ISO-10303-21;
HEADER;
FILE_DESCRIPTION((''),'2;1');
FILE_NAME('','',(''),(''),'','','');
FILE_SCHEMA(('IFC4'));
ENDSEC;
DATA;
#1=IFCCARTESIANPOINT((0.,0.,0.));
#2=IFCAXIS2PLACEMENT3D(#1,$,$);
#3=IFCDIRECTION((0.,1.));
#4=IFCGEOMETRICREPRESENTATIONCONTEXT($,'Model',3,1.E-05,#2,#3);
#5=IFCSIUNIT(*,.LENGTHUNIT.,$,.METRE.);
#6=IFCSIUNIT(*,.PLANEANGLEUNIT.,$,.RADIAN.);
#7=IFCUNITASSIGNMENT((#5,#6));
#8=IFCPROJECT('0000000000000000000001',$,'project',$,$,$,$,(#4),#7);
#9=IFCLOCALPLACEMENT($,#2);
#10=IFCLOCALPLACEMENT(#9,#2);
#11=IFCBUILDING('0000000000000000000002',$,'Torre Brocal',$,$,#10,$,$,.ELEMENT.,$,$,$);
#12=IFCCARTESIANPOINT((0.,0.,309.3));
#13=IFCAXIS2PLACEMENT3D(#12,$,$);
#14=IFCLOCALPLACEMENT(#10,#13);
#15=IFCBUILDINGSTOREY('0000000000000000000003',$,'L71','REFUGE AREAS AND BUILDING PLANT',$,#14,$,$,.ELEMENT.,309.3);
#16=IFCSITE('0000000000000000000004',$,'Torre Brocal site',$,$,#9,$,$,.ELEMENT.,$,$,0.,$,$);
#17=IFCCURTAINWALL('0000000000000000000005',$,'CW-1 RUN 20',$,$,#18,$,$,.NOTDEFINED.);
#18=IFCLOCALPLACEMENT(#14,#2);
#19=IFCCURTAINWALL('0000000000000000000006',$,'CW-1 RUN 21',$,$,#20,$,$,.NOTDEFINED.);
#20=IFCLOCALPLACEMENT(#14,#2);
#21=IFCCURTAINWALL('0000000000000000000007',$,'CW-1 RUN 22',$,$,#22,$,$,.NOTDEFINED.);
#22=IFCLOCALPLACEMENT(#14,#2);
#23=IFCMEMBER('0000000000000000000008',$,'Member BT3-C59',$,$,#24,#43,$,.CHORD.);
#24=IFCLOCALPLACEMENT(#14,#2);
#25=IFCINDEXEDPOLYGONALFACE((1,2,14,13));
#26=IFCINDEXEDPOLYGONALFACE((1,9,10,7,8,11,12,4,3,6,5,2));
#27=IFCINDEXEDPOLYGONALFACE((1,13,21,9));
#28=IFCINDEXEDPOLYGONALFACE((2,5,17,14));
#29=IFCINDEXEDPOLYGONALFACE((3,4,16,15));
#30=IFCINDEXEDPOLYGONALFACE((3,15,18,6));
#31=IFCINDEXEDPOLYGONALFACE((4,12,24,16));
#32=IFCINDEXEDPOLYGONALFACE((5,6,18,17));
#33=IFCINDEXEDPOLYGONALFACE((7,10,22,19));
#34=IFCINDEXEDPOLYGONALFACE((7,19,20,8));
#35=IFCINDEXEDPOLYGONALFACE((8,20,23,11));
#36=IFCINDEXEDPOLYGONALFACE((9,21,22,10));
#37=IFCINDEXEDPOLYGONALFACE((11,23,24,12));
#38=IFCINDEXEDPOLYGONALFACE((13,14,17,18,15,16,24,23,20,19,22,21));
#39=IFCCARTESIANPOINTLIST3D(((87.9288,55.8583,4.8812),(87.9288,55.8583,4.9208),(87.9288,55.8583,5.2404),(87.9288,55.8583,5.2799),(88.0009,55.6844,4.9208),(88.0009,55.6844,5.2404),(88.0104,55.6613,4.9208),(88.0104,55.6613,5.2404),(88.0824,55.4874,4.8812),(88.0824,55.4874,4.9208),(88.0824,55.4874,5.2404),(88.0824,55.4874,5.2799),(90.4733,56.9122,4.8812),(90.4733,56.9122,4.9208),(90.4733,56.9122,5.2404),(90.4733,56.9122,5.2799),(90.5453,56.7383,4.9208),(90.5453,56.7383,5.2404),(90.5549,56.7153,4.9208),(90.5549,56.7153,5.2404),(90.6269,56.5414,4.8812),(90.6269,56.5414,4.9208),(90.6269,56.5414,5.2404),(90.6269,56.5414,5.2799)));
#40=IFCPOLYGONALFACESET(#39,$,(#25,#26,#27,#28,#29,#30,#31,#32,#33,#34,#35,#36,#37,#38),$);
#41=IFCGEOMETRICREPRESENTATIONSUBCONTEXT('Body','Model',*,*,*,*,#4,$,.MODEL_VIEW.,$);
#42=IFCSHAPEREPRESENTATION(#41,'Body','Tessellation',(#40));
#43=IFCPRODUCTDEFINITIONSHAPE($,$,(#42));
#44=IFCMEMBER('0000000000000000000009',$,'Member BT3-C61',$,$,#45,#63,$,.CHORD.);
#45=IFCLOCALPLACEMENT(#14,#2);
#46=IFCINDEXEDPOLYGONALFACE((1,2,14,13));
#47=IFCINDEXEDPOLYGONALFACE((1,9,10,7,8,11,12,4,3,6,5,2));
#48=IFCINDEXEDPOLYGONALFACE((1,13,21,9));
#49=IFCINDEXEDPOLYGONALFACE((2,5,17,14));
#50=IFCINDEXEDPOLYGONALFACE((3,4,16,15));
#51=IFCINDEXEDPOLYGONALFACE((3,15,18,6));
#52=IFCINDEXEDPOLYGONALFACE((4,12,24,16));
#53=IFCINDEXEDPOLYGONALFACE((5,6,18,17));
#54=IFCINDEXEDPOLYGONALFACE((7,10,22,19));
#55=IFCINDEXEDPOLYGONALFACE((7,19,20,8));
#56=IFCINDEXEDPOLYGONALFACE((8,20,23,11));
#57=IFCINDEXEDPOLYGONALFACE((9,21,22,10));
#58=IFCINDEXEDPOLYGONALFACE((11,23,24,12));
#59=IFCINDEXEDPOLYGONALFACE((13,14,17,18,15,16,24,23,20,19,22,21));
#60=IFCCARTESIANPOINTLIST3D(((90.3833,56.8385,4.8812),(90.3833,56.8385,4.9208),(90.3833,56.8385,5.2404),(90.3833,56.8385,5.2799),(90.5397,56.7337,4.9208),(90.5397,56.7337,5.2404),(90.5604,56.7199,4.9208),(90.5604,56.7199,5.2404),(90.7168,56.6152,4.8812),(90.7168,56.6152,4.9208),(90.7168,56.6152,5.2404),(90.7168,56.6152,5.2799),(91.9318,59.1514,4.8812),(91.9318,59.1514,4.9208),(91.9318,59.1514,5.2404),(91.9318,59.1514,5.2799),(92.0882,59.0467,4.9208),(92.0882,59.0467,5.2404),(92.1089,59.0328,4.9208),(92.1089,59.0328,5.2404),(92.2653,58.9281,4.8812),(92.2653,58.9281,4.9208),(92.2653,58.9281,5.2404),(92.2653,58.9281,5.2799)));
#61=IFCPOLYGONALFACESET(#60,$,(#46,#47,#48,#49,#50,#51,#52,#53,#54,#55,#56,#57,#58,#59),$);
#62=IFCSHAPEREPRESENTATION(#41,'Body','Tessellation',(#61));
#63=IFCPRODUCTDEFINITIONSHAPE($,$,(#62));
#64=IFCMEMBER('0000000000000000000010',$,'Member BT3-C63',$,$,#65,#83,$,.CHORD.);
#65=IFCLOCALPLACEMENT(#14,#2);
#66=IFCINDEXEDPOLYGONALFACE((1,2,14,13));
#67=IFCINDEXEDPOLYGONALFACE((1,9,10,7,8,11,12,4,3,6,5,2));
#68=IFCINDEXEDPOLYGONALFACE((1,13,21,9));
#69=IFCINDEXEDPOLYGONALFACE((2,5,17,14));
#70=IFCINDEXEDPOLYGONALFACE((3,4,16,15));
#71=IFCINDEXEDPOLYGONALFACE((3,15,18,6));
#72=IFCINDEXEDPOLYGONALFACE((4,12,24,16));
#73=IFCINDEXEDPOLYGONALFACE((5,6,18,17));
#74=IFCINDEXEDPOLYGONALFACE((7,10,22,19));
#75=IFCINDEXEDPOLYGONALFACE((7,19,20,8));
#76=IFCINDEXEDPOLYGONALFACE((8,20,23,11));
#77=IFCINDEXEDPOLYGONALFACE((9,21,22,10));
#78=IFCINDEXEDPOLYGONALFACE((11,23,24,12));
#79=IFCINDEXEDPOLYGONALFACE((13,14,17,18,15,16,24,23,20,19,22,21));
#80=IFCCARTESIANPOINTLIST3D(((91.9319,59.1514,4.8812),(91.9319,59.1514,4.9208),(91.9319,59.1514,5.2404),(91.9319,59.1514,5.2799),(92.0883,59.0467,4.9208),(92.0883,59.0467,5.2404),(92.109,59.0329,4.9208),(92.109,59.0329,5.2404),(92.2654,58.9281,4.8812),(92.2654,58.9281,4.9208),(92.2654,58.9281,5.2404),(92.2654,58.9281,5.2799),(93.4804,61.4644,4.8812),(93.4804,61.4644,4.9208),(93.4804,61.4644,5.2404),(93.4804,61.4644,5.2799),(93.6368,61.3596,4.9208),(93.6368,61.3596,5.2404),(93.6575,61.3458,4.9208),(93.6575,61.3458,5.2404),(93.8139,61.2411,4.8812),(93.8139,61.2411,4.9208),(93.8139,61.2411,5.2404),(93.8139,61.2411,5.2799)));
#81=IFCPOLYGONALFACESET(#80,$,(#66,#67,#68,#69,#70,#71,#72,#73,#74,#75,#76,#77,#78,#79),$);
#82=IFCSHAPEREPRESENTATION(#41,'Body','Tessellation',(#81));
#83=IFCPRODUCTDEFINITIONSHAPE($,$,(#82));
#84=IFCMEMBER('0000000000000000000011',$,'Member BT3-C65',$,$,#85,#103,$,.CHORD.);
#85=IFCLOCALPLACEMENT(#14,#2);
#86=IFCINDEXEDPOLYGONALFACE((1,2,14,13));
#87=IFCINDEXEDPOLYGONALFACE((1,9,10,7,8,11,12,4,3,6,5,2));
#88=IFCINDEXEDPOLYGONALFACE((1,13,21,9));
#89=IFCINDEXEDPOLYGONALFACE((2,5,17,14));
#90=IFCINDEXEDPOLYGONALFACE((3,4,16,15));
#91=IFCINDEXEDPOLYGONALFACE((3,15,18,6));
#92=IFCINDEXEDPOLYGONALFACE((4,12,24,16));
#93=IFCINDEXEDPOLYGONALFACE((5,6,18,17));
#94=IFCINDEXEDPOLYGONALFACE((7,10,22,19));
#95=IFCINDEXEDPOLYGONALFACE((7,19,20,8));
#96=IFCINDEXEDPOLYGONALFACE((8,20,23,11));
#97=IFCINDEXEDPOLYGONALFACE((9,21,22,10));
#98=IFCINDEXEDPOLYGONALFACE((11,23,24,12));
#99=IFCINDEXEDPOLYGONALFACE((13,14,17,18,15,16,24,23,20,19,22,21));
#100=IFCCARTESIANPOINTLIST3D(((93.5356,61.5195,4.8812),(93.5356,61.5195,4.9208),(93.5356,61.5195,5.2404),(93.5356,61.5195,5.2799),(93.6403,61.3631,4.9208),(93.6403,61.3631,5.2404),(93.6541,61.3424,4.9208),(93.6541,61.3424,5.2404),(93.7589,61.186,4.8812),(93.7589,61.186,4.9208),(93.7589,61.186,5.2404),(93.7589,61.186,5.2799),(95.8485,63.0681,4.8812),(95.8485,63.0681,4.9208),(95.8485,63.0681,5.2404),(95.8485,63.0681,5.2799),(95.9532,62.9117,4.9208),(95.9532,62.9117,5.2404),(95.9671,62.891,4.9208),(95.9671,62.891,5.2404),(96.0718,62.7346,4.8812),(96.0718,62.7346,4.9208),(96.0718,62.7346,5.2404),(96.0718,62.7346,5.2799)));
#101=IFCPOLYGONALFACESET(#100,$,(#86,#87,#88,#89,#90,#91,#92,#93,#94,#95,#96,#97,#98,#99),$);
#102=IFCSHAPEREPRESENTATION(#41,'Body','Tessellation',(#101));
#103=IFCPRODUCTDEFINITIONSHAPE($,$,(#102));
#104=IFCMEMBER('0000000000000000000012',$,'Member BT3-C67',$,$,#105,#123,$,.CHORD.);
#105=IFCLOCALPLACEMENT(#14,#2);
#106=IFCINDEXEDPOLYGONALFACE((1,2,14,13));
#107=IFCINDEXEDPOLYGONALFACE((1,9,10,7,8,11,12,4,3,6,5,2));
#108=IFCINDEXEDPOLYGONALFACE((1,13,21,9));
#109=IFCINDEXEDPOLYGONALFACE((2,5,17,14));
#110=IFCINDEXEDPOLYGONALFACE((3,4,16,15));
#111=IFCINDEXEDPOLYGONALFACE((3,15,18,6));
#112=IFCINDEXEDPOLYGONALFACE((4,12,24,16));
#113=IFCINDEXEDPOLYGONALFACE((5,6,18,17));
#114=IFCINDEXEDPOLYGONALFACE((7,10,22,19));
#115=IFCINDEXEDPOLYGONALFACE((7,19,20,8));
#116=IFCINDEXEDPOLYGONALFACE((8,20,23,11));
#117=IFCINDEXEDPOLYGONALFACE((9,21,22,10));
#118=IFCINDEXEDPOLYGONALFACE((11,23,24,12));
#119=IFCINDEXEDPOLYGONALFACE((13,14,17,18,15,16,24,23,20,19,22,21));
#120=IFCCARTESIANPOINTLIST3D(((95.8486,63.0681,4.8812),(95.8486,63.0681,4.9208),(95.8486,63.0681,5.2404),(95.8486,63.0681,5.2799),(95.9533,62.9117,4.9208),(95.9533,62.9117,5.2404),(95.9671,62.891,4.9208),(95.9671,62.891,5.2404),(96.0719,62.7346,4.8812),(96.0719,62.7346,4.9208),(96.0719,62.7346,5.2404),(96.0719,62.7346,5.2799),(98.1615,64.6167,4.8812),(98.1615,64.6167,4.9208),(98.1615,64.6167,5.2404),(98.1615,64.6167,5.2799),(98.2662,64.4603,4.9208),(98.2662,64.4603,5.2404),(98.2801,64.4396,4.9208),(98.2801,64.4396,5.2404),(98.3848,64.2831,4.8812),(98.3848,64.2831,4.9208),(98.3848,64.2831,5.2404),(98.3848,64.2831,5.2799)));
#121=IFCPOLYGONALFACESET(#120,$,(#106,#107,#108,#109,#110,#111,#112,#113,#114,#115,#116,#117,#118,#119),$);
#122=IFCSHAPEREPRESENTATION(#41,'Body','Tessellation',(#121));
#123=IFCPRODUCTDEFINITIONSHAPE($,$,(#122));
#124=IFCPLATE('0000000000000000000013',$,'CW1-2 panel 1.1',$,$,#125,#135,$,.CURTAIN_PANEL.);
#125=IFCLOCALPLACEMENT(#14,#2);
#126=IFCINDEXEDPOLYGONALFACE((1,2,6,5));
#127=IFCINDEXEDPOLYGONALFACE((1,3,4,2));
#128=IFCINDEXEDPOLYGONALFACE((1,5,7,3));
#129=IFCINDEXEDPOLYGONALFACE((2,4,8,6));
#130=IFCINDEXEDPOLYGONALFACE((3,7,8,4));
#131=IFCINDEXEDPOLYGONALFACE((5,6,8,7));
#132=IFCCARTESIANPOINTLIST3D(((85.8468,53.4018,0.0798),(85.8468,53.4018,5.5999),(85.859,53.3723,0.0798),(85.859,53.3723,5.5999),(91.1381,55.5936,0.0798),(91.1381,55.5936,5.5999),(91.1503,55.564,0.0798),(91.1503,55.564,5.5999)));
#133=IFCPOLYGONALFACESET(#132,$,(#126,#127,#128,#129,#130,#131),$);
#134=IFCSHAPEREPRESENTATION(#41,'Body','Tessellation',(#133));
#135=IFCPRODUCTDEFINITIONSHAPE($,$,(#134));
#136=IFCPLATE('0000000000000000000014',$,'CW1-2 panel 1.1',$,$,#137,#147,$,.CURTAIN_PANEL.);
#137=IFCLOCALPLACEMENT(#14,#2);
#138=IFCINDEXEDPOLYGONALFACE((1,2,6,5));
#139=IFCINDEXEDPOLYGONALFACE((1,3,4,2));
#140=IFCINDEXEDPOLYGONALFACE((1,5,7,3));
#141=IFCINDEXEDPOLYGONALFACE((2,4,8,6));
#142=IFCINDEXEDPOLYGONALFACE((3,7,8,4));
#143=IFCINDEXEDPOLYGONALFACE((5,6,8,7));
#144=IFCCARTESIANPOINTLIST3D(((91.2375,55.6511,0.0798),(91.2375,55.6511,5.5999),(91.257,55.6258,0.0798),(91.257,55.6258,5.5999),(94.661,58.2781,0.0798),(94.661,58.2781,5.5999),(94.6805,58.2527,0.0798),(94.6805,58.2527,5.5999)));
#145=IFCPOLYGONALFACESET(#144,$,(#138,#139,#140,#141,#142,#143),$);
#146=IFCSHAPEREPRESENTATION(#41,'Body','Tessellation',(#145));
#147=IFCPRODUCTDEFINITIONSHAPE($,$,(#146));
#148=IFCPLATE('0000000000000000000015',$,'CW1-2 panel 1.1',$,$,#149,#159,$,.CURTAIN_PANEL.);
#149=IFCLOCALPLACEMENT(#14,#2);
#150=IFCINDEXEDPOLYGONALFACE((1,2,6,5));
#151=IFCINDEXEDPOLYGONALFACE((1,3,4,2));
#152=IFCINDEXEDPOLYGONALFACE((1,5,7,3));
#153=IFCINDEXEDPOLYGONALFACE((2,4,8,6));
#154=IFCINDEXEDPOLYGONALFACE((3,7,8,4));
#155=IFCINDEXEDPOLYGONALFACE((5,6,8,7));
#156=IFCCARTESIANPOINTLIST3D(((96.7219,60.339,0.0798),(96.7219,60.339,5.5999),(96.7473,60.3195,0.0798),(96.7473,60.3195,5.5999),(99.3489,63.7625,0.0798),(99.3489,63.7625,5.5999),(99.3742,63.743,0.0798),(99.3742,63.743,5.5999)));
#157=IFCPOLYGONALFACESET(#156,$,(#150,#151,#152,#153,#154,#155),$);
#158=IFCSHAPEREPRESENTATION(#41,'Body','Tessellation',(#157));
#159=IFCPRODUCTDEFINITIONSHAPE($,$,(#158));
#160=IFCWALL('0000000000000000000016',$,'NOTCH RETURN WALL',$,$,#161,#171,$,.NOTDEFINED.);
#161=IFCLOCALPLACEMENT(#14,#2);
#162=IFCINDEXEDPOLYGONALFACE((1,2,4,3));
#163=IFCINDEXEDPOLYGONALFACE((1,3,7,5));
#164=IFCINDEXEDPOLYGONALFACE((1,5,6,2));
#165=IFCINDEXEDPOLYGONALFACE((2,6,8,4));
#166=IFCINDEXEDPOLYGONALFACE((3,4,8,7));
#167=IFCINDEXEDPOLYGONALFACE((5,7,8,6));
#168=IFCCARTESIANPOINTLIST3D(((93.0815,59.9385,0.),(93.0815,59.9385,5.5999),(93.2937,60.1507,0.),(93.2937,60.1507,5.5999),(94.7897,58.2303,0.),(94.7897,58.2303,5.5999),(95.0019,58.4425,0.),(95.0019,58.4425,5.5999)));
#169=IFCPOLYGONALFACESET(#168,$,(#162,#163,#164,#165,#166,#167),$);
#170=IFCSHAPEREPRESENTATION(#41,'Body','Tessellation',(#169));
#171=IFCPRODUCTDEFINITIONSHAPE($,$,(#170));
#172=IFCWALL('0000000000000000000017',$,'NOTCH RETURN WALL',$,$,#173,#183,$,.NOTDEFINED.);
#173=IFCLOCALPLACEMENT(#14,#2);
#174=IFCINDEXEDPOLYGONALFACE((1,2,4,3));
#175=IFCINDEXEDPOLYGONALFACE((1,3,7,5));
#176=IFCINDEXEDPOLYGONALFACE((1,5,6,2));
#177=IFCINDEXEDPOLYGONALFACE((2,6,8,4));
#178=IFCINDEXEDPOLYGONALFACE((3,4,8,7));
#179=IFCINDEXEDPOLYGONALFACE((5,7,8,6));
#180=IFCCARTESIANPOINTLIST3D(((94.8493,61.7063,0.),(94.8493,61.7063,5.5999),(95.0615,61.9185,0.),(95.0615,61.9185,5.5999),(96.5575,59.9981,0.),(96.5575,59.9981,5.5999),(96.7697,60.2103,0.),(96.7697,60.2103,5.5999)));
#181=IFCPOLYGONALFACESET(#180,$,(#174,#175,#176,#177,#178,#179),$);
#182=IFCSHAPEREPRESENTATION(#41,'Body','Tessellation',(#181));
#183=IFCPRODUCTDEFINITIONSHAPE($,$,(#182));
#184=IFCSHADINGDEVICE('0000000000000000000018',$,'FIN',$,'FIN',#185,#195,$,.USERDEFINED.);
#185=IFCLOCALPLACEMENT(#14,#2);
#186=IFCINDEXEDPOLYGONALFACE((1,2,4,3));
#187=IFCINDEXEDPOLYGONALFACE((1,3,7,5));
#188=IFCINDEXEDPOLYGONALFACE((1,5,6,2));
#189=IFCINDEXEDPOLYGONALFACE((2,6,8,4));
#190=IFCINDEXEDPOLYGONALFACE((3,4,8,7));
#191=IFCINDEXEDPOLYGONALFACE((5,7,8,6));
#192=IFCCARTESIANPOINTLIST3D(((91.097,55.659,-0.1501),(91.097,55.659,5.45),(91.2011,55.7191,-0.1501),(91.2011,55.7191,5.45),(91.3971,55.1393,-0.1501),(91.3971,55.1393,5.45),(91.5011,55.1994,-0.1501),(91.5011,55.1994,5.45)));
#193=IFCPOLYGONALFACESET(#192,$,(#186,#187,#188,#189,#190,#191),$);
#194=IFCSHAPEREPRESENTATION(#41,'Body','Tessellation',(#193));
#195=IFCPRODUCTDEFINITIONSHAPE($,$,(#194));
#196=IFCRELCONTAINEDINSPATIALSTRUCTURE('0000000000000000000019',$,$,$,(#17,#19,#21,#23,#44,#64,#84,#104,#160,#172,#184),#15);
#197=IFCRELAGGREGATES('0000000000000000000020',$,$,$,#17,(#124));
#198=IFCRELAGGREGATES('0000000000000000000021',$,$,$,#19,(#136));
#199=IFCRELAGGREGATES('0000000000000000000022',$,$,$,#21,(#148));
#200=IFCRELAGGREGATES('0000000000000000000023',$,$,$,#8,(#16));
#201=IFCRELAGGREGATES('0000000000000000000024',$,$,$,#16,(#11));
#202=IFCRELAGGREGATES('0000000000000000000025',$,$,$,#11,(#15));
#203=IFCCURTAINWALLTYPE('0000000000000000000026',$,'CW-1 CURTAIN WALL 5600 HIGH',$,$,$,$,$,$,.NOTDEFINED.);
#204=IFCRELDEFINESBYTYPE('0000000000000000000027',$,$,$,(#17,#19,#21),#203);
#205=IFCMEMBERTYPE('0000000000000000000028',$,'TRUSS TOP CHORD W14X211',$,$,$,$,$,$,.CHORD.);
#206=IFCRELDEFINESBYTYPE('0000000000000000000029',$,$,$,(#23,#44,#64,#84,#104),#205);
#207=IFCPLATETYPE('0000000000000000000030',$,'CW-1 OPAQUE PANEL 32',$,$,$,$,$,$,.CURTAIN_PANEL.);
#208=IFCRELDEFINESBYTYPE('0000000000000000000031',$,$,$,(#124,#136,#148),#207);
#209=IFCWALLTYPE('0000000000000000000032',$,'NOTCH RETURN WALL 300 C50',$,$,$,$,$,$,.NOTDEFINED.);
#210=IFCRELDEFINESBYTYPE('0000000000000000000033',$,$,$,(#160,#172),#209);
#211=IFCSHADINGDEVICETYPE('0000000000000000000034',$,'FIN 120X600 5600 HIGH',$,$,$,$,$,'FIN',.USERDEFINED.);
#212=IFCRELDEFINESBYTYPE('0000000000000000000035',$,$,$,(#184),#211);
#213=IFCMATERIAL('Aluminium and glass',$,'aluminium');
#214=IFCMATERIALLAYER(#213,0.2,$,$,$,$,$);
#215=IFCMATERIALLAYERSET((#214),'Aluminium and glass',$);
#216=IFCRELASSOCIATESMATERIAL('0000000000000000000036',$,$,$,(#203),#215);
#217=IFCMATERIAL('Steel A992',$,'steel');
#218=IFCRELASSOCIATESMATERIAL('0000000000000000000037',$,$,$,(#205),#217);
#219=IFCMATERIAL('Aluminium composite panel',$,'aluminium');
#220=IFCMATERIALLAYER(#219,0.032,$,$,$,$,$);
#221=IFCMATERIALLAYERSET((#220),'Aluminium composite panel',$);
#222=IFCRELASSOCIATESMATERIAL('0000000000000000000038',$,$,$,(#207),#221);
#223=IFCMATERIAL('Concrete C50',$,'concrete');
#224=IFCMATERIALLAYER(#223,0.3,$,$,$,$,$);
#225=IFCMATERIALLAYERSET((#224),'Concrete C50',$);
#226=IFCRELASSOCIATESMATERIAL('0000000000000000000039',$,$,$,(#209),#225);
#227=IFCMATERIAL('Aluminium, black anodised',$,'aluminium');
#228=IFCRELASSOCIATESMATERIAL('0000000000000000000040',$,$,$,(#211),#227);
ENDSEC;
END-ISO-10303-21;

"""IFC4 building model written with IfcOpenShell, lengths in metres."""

from ifc_helpers import new_model, si_unit, direction, frame, frame_2d, origin, origin_2d, place, context, subcontext, project, spatial, rectangle, i_section, extrude, material, layer, layer_set, material_profile, profile_set, type_object, element, aggregate, save


model = new_model("IFC4")

# Units and contexts
model_context = context("Model", 3, precision=1e-05, world=origin(), true_north=direction((0.0, 1.0)))
body_context = subcontext(model_context, "Body", "Model", "MODEL_VIEW")
ifc_project = project(units=[si_unit("LENGTHUNIT", "METRE"), si_unit("PLANEANGLEUNIT", "RADIAN")], contexts=[model_context])

# Site, building, storey
site_placement = place(None, origin())
site = spatial("IfcSite", under=ifc_project, at=site_placement, Name="Torre Brocal site", CompositionType="ELEMENT", RefElevation=0.0)
building_placement = place(site_placement, origin())
building = spatial("IfcBuilding", under=site, at=building_placement, Name="Torre Brocal", CompositionType="ELEMENT")
storey_placement = place(building_placement, frame((0.0, 0.0, 309.3)))
storey = spatial("IfcBuildingStorey", under=building, at=storey_placement, Name="L71", Description="REFUGE AREAS AND BUILDING PLANT", CompositionType="ELEMENT", Elevation=309.3)

# Curtain wall
ifc_material_1 = material(Name="Aluminium and glass", Category="aluminium")
ifc_layer_1 = layer(ifc_material_1, 0.2)
ifc_layer_set_1 = layer_set([ifc_layer_1], Name="Aluminium and glass")
curtain_wall_type = type_object("IfcCurtainWallType", Name="CW-1 CURTAIN WALL 5600 HIGH", PredefinedType="NOTDEFINED", material=ifc_layer_set_1)
curtain_wall_1_placement = place(storey_placement, origin())
curtain_wall_1 = element("IfcCurtainWall", 1, at=curtain_wall_1_placement, inside=storey, type_object=curtain_wall_type, Name="CW-1 RUN 20", PredefinedType="NOTDEFINED")

# Curtain wall
curtain_wall_2_placement = place(storey_placement, origin())
curtain_wall_2 = element("IfcCurtainWall", 2, at=curtain_wall_2_placement, inside=storey, type_object=curtain_wall_type, Name="CW-1 RUN 21", PredefinedType="NOTDEFINED")

# Curtain wall
curtain_wall_3_placement = place(storey_placement, origin())
curtain_wall_3 = element("IfcCurtainWall", 3, at=curtain_wall_3_placement, inside=storey, type_object=curtain_wall_type, Name="CW-1 RUN 22", PredefinedType="NOTDEFINED")

# Members
ifc_material_2 = material(Name="Steel A992", Category="steel")
ifc_material_profile_1 = material_profile(ifc_material_2, i_section(OverallWidth=0.4014, OverallDepth=0.3987, WebThickness=0.0249, FlangeThickness=0.0396, at=origin_2d()), Name="W14X211")
ifc_profile_set_1 = profile_set([ifc_material_profile_1], Name="Steel A992")
member_type_1 = type_object("IfcMemberType", Name="TRUSS TOP CHORD W14X211", PredefinedType="CHORD", material=ifc_profile_set_1)
member_1_placement = place(storey_placement, frame((88.0056, 55.6729, 5.0806), z_axis=(0.923877, 0.382688, 0.0), x_axis=(-0.382688, 0.923877, 0.0)))
element("IfcMember", 4, at=member_1_placement, inside=storey, type_object=member_type_1, Name="Member BT3-C59", PredefinedType="CHORD", context=body_context, shape_type="SweptSolid", body=[
    extrude(i_section(OverallWidth=0.4014, OverallDepth=0.3987, WebThickness=0.0249, FlangeThickness=0.0396, at=origin_2d()), origin(), (0.0, 0.0, 1.0), 2.7542),
])
for number, where, z_axis, x_axis, name in (
    (5, (90.55, 56.7268, 5.0806), (0.556339, 0.830956, 0.0), (-0.830956, 0.556339, 0.0), "Member BT3-C61"),
    (6, (92.0986, 59.0398, 5.0806), (0.556339, 0.830956, 0.0), (-0.830956, 0.556339, 0.0), "Member BT3-C63"),
    (7, (93.6472, 61.3528, 5.0806), (0.830956, 0.556339, 0.0), (-0.556339, 0.830956, 0.0), "Member BT3-C65"),
    (8, (95.9602, 62.9014, 5.0806), (0.830956, 0.556339, 0.0), (-0.556339, 0.830956, 0.0), "Member BT3-C67"),
):
    element("IfcMember", number, at=place(storey_placement, frame(where, z_axis=z_axis, x_axis=x_axis)), inside=storey, type_object=member_type_1, Name=name, PredefinedType="CHORD", context=body_context, shape_type="SweptSolid", body=[
        extrude(i_section(OverallWidth=0.4014, OverallDepth=0.3987, WebThickness=0.0249, FlangeThickness=0.0396, at=origin_2d()), origin(), (0.0, 0.0, 1.0), 2.7834),
    ])

# Plates
ifc_material_3 = material(Name="Aluminium composite panel", Category="aluminium")
ifc_layer_2 = layer(ifc_material_3, 0.032)
ifc_layer_set_2 = layer_set([ifc_layer_2], Name="Aluminium composite panel")
plate_type = type_object("IfcPlateType", Name="CW-1 OPAQUE PANEL 32", PredefinedType="CURTAIN_PANEL", material=ifc_layer_set_2)
plate_1_placement = place(storey_placement, frame((88.4985, 54.4829, 0.0798), z_axis=(0.0, 0.0, 1.0), x_axis=(0.92388, 0.382683, 0.0)))
plate_1 = element("IfcPlate", 9, at=plate_1_placement, type_object=plate_type, Name="CW1-2 panel 1.1", PredefinedType="CURTAIN_PANEL", context=body_context, shape_type="SweptSolid", body=[
    extrude(rectangle(XDim=5.7273, YDim=0.032, at=origin_2d()), origin(), (0.0, 0.0, 1.0), 5.52),
])
aggregate(curtain_wall_1, [plate_1])
plate_2_placement = place(storey_placement, frame((92.959, 56.9519, 0.0798), z_axis=(0.0, 0.0, 1.0), x_axis=(0.793353, 0.608761, 0.0)))
plate_2 = element("IfcPlate", 10, at=plate_2_placement, type_object=plate_type, Name="CW1-2 panel 1.1", PredefinedType="CURTAIN_PANEL", context=body_context, shape_type="SweptSolid", body=[
    extrude(rectangle(XDim=4.3152, YDim=0.032, at=origin_2d()), origin(), (0.0, 0.0, 1.0), 5.52),
])
aggregate(curtain_wall_2, [plate_2])
plate_3_placement = place(storey_placement, frame((98.0481, 62.041, 0.0798), z_axis=(0.0, 0.0, 1.0), x_axis=(0.608761, 0.793353, 0.0)))
plate_3 = element("IfcPlate", 11, at=plate_3_placement, type_object=plate_type, Name="CW1-2 panel 1.1", PredefinedType="CURTAIN_PANEL", context=body_context, shape_type="SweptSolid", body=[
    extrude(rectangle(XDim=4.3152, YDim=0.032, at=origin_2d()), origin(), (0.0, 0.0, 1.0), 5.52),
])
aggregate(curtain_wall_3, [plate_3])

# Walls
ifc_material_4 = material(Name="Concrete C50", Category="concrete")
ifc_layer_3 = layer(ifc_material_4, 0.3)
ifc_layer_set_3 = layer_set([ifc_layer_3], Name="Concrete C50")
wall_type = type_object("IfcWallType", Name="NOTCH RETURN WALL 300 C50", PredefinedType="NOTDEFINED", material=ifc_layer_set_3)
for number, where, z_axis, x_axis, name in (
    (12, (93.1875, 60.0447, 0.0), (0.0, 0.0, 1.0), (0.707107, -0.707107, 0.0), "NOTCH RETURN WALL"),
    (13, (94.9553, 61.8125, 0.0), (0.0, 0.0, 1.0), (0.707107, -0.707107, 0.0), "NOTCH RETURN WALL"),
):
    element("IfcWall", number, at=place(storey_placement, frame(where, z_axis=z_axis, x_axis=x_axis)), inside=storey, type_object=wall_type, Name=name, PredefinedType="NOTDEFINED", context=body_context, shape_type="SweptSolid", body=[
        extrude(rectangle(XDim=2.4158, YDim=0.3, at=frame_2d((1.208, 0.0))), origin(), (0.0, 0.0, 1.0), 5.5999),
    ])

# Shading device
ifc_material_5 = material(Name="Aluminium, black anodised", Category="aluminium")
ifc_material_profile_2 = material_profile(ifc_material_5, rectangle(XDim=0.1201, YDim=0.6001, at=origin_2d()), Name="FIN 120X600 5600 HIGH")
ifc_profile_set_2 = profile_set([ifc_material_profile_2], Name="Aluminium, black anodised")
shading_device_type = type_object("IfcShadingDeviceType", Name="FIN 120X600 5600 HIGH", ElementType="FIN", PredefinedType="USERDEFINED", material=ifc_profile_set_2)
shading_device_placement = place(storey_placement, frame((91.2991, 55.4292, -0.1501), z_axis=(0.0, 0.0, 1.0), x_axis=(0.866025, 0.5, 0.0)))
element("IfcShadingDevice", 14, at=shading_device_placement, inside=storey, type_object=shading_device_type, Name="FIN", ObjectType="FIN", PredefinedType="USERDEFINED", context=body_context, shape_type="SweptSolid", body=[
    extrude(rectangle(XDim=0.1201, YDim=0.6001, at=origin_2d()), origin(), (0.0, 0.0, 1.0), 5.6001),
])

save(model, "model.ifc")
